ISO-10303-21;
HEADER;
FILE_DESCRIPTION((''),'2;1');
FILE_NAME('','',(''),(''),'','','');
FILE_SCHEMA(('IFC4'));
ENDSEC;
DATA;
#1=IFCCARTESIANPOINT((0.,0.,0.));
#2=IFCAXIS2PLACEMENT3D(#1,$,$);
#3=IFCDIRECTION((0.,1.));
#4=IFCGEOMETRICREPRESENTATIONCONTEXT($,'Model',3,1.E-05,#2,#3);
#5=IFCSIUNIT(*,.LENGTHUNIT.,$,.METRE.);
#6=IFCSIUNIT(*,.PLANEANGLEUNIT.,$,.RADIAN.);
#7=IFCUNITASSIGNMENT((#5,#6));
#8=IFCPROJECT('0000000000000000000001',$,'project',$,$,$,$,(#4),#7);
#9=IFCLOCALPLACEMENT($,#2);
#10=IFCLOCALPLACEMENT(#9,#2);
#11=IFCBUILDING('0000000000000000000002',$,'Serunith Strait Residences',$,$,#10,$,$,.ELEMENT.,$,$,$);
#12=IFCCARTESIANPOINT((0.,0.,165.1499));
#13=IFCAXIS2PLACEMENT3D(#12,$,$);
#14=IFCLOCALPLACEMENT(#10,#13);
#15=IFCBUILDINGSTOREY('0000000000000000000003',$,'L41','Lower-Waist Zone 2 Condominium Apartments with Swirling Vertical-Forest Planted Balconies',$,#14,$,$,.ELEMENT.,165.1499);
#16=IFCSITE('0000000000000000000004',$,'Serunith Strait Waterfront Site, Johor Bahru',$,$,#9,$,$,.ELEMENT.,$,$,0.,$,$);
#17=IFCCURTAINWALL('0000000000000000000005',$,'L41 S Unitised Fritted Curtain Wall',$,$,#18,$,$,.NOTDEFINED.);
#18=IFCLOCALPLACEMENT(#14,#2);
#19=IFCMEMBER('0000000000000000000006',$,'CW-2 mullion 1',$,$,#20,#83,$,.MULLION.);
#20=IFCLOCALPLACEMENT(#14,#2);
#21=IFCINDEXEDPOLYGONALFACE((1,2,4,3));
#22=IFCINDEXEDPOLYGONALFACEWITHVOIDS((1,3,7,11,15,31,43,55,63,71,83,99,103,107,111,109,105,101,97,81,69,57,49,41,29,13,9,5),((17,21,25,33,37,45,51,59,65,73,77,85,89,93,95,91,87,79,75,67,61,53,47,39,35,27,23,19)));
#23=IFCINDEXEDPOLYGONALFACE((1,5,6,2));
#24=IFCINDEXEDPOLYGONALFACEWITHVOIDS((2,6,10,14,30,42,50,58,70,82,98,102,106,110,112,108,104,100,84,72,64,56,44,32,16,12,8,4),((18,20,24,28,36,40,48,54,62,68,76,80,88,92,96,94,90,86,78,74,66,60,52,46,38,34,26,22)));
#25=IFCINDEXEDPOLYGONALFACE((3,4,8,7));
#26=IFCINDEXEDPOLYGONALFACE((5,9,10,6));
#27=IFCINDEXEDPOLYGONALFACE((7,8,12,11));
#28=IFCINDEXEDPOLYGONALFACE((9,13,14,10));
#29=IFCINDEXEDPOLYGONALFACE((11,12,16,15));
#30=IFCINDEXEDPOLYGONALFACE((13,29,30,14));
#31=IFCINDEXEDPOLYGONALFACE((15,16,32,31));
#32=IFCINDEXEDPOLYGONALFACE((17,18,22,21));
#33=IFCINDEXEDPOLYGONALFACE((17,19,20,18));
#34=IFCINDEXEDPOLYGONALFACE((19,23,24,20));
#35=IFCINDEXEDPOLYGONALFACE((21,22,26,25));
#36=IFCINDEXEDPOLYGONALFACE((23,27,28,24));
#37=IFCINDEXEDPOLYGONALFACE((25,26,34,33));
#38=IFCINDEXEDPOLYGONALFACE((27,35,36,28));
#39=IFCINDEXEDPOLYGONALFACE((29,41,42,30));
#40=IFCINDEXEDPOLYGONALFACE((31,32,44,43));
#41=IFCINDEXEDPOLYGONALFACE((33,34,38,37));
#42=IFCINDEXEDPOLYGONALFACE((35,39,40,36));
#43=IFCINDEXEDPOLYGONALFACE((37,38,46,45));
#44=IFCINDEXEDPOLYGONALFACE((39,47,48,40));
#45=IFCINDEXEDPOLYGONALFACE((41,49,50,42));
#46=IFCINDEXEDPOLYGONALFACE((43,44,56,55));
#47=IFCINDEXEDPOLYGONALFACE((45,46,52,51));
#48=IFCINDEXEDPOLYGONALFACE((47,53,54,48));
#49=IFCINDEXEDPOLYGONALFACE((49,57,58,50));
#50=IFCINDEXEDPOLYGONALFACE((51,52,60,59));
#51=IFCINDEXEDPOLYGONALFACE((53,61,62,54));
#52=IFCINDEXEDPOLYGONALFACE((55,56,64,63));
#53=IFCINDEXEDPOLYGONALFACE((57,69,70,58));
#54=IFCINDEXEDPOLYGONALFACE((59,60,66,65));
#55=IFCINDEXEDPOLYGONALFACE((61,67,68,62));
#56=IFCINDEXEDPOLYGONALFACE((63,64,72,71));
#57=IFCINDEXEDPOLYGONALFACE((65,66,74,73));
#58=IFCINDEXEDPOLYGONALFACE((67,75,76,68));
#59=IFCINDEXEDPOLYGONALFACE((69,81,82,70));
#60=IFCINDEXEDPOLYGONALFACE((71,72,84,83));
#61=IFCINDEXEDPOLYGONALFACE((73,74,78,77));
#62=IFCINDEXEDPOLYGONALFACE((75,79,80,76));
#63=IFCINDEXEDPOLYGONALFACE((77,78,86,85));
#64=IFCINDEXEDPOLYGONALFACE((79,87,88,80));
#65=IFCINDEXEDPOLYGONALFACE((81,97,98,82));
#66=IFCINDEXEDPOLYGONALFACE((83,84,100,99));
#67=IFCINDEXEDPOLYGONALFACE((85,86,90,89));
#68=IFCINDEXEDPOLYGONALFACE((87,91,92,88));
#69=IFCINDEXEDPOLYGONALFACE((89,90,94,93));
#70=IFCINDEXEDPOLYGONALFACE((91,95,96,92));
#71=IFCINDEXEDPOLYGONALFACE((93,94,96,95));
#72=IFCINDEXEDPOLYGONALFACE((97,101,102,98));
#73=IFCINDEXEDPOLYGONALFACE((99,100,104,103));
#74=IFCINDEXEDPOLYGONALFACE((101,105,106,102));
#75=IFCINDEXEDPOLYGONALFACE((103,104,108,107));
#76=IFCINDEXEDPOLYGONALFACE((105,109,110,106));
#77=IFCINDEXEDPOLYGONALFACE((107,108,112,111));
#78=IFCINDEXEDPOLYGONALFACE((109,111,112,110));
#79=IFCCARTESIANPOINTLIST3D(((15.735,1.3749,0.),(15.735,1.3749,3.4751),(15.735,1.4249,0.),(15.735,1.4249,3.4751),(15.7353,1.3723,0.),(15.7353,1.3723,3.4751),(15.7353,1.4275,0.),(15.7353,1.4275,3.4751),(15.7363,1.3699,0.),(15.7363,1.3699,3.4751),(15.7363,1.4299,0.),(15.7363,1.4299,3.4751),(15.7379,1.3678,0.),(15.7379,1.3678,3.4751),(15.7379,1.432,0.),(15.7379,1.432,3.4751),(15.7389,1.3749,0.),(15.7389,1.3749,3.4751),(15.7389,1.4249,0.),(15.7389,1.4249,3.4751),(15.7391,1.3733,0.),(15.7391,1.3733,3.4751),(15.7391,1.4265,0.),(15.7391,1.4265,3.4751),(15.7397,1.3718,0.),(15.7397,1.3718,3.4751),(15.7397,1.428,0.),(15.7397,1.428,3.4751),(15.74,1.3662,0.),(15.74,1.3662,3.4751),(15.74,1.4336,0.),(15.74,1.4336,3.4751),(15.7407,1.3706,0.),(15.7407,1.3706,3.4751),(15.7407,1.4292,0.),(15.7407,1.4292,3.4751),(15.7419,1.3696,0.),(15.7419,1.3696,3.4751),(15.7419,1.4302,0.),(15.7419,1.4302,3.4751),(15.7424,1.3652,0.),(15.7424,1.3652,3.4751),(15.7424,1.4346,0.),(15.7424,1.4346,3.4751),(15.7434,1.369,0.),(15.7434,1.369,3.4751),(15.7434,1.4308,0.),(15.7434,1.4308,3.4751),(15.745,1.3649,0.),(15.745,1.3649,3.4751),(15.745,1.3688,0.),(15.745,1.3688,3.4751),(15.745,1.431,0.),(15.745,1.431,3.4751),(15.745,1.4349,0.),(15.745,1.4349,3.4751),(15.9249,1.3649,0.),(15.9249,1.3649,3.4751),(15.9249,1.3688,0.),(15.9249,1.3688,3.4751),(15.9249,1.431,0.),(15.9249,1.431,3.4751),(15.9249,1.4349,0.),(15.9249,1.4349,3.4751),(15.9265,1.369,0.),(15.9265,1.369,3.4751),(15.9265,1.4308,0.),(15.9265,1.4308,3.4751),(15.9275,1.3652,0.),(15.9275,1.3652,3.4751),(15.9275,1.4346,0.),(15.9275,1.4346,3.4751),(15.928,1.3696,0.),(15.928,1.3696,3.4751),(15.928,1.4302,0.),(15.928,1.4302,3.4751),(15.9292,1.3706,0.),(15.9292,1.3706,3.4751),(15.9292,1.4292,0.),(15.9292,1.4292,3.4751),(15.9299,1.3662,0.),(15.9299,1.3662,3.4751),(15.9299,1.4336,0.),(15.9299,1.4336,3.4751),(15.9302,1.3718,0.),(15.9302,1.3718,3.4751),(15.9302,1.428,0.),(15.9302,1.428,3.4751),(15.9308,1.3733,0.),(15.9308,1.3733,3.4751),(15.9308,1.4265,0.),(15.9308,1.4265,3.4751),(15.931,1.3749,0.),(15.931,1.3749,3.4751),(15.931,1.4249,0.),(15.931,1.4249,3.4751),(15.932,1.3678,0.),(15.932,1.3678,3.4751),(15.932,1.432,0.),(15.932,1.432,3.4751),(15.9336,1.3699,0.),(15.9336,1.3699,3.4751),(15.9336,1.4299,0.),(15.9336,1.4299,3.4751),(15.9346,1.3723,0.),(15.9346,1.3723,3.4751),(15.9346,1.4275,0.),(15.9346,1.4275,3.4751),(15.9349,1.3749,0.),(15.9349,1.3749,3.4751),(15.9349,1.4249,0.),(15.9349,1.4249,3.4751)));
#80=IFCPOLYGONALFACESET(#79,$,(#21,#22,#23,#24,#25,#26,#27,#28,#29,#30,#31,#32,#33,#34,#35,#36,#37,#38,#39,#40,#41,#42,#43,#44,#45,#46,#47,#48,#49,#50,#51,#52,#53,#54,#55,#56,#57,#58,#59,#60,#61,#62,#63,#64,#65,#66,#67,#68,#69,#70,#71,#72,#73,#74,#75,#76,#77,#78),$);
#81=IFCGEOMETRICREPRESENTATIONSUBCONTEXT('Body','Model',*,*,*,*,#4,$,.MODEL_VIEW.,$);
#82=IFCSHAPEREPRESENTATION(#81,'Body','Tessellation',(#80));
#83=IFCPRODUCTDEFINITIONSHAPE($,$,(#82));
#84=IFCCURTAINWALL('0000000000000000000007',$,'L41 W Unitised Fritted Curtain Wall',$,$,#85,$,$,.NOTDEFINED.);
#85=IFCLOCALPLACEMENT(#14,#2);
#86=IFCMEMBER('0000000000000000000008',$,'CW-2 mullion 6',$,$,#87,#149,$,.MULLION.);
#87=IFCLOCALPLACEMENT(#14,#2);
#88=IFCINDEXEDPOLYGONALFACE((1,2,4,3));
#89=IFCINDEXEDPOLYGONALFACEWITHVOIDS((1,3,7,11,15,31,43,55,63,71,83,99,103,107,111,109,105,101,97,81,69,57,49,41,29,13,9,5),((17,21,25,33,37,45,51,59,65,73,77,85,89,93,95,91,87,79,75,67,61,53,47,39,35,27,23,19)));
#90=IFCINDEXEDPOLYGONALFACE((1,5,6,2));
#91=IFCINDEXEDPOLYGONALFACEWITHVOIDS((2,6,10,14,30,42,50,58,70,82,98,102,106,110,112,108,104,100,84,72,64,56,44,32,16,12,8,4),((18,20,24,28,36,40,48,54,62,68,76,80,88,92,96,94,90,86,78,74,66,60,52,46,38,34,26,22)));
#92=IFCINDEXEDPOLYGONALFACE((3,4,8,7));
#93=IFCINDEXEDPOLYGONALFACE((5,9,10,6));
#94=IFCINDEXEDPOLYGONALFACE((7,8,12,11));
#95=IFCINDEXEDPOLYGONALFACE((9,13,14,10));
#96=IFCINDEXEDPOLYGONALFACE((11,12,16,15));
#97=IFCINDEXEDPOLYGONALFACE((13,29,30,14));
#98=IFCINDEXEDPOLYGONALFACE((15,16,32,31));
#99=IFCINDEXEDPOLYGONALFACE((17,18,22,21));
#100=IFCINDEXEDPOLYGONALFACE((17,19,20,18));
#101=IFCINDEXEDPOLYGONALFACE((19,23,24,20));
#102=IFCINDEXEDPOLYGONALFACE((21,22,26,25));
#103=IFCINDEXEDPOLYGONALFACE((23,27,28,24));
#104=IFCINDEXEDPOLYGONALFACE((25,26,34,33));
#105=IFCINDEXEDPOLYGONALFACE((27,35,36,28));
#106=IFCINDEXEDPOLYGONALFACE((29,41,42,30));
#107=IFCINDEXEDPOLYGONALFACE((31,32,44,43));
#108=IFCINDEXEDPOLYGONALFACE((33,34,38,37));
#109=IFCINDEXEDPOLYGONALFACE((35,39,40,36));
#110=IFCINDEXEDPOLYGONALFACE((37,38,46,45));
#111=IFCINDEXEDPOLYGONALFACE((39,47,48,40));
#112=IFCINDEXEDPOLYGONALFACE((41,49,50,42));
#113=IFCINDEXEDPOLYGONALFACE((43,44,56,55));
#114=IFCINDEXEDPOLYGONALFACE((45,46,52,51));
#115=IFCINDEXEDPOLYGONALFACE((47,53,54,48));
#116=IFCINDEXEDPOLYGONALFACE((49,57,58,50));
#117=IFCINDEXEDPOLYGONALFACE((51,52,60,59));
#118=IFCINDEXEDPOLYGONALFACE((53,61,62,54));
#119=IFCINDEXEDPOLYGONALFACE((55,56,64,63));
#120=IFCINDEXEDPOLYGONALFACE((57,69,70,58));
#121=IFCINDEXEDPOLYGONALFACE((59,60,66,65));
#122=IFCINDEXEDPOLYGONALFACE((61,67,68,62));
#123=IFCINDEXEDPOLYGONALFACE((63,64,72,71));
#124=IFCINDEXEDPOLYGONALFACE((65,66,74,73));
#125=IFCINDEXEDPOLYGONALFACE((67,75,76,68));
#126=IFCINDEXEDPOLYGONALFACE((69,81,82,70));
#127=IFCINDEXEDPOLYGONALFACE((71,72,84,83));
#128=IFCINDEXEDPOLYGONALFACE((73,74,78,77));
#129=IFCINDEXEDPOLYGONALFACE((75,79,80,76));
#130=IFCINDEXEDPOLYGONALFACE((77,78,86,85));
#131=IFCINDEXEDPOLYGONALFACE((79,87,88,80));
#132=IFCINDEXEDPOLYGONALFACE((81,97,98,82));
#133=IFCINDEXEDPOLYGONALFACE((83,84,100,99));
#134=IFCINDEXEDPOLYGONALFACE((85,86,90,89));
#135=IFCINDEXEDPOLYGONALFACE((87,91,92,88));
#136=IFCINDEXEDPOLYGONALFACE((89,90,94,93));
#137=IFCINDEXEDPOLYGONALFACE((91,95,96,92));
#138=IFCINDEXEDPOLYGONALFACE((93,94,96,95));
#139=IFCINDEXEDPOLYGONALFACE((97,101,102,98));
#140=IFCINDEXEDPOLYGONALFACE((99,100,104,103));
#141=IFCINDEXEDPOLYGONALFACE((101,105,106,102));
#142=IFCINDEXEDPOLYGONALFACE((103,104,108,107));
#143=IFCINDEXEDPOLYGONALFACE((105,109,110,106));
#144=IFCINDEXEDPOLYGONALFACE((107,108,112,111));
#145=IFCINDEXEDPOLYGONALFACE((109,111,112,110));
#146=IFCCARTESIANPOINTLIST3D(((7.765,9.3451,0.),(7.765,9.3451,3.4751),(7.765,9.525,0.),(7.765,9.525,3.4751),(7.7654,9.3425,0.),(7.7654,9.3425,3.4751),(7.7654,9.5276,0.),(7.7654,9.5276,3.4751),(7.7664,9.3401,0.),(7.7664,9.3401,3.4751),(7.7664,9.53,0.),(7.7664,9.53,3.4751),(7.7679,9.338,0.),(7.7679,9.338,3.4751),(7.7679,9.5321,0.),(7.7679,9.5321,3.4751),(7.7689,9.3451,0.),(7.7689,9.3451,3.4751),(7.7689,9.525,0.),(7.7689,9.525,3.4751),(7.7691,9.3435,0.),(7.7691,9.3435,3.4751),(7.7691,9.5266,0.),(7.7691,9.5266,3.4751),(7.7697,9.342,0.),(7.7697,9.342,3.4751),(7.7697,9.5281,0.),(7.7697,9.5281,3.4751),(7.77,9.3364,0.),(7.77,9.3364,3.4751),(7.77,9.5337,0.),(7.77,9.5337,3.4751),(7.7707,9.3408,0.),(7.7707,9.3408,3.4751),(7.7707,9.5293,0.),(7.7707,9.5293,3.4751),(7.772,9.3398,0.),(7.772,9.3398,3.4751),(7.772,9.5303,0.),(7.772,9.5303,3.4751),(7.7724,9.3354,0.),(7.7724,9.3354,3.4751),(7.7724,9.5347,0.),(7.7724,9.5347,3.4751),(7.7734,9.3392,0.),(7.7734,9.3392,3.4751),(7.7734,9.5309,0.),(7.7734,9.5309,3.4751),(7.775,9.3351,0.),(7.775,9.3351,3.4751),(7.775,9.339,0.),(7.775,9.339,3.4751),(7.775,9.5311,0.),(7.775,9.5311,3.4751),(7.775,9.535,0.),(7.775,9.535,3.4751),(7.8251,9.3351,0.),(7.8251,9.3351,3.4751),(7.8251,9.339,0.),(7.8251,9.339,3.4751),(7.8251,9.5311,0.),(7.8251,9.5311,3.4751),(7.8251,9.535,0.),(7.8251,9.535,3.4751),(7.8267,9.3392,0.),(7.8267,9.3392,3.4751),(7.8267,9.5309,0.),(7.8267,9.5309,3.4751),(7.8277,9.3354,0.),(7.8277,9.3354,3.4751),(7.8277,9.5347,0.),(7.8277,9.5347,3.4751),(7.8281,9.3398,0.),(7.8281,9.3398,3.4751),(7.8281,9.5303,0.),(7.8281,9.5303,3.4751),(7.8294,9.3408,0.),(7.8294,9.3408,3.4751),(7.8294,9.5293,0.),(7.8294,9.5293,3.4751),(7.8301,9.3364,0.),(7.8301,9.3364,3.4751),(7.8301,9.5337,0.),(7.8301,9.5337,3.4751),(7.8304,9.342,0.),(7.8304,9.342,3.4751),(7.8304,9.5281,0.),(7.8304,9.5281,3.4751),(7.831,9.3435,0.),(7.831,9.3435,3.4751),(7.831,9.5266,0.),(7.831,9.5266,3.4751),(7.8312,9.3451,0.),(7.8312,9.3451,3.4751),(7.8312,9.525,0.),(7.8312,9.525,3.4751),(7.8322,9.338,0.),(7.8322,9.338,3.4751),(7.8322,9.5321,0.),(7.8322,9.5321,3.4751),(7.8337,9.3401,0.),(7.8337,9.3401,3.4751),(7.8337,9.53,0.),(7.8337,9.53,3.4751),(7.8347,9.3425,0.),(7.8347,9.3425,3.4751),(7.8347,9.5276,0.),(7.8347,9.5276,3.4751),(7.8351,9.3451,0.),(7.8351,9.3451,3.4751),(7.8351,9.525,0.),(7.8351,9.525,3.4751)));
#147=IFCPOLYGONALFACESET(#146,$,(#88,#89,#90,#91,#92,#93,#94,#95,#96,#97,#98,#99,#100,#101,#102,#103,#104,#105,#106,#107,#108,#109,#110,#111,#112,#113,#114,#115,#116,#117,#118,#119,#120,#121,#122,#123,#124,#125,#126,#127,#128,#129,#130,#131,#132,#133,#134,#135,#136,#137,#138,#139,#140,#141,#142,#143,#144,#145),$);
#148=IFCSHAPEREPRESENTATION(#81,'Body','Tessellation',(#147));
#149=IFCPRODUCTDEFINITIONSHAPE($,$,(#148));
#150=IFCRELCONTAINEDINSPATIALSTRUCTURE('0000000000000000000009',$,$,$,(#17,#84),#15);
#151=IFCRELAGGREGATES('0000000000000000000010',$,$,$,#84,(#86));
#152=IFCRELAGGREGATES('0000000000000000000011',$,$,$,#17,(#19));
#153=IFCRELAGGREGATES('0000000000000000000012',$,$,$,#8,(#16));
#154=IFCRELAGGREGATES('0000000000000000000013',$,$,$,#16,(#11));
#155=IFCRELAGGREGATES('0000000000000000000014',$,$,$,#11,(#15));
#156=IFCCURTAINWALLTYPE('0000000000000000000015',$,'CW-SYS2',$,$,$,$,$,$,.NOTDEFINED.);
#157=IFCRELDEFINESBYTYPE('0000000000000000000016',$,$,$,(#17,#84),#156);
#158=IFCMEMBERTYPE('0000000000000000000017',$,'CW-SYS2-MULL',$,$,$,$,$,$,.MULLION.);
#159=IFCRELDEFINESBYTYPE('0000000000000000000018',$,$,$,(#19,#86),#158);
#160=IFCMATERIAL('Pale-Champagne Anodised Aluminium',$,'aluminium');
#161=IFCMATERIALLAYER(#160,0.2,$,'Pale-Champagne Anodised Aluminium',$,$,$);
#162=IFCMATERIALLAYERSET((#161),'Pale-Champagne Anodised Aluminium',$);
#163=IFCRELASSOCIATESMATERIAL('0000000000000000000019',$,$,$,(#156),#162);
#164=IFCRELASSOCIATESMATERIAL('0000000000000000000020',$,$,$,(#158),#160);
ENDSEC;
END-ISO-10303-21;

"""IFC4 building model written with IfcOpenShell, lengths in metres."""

from ifc_helpers import new_model, si_unit, direction, frame, origin, origin_2d, place, context, subcontext, project, spatial, hollow_rectangle, extrude, source, transform, mapped, material, layer, layer_set, material_profile, profile_set, type_object, element, aggregate, save


model = new_model("IFC4")

# Units and contexts
model_context = context("Model", 3, precision=1e-05, world=origin(), true_north=direction((0.0, 1.0)))
body_context = subcontext(model_context, "Body", "Model", "MODEL_VIEW")
ifc_project = project(units=[si_unit("LENGTHUNIT", "METRE"), si_unit("PLANEANGLEUNIT", "RADIAN")], contexts=[model_context])

# Site, building, storey
site_placement = place(None, origin())
site = spatial("IfcSite", under=ifc_project, at=site_placement, Name="Serunith Strait Waterfront Site, Johor Bahru", CompositionType="ELEMENT", RefElevation=0.0)
building_placement = place(site_placement, origin())
building = spatial("IfcBuilding", under=site, at=building_placement, Name="Serunith Strait Residences", CompositionType="ELEMENT")
storey_placement = place(building_placement, frame((0.0, 0.0, 165.1499)))
storey = spatial("IfcBuildingStorey", under=building, at=storey_placement, Name="L41", Description="Lower-Waist Zone 2 Condominium Apartments with Swirling Vertical-Forest Planted Balconies", CompositionType="ELEMENT", Elevation=165.1499)

# Curtain walls, members
ifc_material_1 = material(Name="Pale-Champagne Anodised Aluminium", Category="aluminium")
ifc_layer_1 = layer(ifc_material_1, 0.2, Name="Pale-Champagne Anodised Aluminium")
ifc_layer_set_1 = layer_set([ifc_layer_1], Name="Pale-Champagne Anodised Aluminium")
curtain_wall_type = type_object("IfcCurtainWallType", Name="CW-SYS2", PredefinedType="NOTDEFINED", material=ifc_layer_set_1)
curtain_wall_1_placement = place(storey_placement, origin())
curtain_wall_1 = element("IfcCurtainWall", 1, at=curtain_wall_1_placement, inside=storey, type_object=curtain_wall_type, Name="L41 S Unitised Fritted Curtain Wall", PredefinedType="NOTDEFINED")
ifc_material_profile_1 = material_profile(ifc_material_1, hollow_rectangle(XDim=0.0701, YDim=0.2, WallThickness=0.0039, InnerFilletRadius=0.0061, OuterFilletRadius=0.01, at=origin_2d()), Name="ALU 200x70x4")
ifc_profile_set_1 = profile_set([ifc_material_profile_1], Name="Pale-Champagne Anodised Aluminium")
member_type_1 = type_object("IfcMemberType", Name="CW-SYS2-MULL", PredefinedType="MULLION", material=ifc_profile_set_1)
shared_shape_1 = source(origin(), body_context, "Body", "SweptSolid", [
    extrude(hollow_rectangle(XDim=0.0701, YDim=0.2, WallThickness=0.0039, InnerFilletRadius=0.0061, OuterFilletRadius=0.01, at=origin_2d()), origin(), (0.0, 0.0, 1.0), 3.4751),
])
member_1_placement = place(storey_placement, frame((15.835, 1.3999, 0.0), z_axis=(0.0, 0.0, 1.0), x_axis=(0.0, 1.0, 0.0)))
member_1 = element("IfcMember", 2, at=member_1_placement, type_object=member_type_1, Name="CW-2 mullion 1", PredefinedType="MULLION", context=body_context, shape_type="MappedRepresentation", body=[
    mapped(shared_shape_1, transform((0.0, 0.0, 0.0), scale=1.0)),
])
curtain_wall_2_placement = place(storey_placement, origin())
curtain_wall_2 = element("IfcCurtainWall", 3, at=curtain_wall_2_placement, inside=storey, type_object=curtain_wall_type, Name="L41 W Unitised Fritted Curtain Wall", PredefinedType="NOTDEFINED")
member_2_placement = place(storey_placement, frame((7.8, 9.4351, 0.0), z_axis=(0.0, 0.0, 1.0), x_axis=(1.0, 0.0, 0.0)))
member_2 = element("IfcMember", 4, at=member_2_placement, type_object=member_type_1, Name="CW-2 mullion 6", PredefinedType="MULLION", context=body_context, shape_type="MappedRepresentation", body=[
    mapped(shared_shape_1, transform((0.0, 0.0, 0.0), scale=1.0)),
])
aggregate(curtain_wall_2, [member_2])

aggregate(curtain_wall_1, [member_1])

save(model, "model.ifc")
